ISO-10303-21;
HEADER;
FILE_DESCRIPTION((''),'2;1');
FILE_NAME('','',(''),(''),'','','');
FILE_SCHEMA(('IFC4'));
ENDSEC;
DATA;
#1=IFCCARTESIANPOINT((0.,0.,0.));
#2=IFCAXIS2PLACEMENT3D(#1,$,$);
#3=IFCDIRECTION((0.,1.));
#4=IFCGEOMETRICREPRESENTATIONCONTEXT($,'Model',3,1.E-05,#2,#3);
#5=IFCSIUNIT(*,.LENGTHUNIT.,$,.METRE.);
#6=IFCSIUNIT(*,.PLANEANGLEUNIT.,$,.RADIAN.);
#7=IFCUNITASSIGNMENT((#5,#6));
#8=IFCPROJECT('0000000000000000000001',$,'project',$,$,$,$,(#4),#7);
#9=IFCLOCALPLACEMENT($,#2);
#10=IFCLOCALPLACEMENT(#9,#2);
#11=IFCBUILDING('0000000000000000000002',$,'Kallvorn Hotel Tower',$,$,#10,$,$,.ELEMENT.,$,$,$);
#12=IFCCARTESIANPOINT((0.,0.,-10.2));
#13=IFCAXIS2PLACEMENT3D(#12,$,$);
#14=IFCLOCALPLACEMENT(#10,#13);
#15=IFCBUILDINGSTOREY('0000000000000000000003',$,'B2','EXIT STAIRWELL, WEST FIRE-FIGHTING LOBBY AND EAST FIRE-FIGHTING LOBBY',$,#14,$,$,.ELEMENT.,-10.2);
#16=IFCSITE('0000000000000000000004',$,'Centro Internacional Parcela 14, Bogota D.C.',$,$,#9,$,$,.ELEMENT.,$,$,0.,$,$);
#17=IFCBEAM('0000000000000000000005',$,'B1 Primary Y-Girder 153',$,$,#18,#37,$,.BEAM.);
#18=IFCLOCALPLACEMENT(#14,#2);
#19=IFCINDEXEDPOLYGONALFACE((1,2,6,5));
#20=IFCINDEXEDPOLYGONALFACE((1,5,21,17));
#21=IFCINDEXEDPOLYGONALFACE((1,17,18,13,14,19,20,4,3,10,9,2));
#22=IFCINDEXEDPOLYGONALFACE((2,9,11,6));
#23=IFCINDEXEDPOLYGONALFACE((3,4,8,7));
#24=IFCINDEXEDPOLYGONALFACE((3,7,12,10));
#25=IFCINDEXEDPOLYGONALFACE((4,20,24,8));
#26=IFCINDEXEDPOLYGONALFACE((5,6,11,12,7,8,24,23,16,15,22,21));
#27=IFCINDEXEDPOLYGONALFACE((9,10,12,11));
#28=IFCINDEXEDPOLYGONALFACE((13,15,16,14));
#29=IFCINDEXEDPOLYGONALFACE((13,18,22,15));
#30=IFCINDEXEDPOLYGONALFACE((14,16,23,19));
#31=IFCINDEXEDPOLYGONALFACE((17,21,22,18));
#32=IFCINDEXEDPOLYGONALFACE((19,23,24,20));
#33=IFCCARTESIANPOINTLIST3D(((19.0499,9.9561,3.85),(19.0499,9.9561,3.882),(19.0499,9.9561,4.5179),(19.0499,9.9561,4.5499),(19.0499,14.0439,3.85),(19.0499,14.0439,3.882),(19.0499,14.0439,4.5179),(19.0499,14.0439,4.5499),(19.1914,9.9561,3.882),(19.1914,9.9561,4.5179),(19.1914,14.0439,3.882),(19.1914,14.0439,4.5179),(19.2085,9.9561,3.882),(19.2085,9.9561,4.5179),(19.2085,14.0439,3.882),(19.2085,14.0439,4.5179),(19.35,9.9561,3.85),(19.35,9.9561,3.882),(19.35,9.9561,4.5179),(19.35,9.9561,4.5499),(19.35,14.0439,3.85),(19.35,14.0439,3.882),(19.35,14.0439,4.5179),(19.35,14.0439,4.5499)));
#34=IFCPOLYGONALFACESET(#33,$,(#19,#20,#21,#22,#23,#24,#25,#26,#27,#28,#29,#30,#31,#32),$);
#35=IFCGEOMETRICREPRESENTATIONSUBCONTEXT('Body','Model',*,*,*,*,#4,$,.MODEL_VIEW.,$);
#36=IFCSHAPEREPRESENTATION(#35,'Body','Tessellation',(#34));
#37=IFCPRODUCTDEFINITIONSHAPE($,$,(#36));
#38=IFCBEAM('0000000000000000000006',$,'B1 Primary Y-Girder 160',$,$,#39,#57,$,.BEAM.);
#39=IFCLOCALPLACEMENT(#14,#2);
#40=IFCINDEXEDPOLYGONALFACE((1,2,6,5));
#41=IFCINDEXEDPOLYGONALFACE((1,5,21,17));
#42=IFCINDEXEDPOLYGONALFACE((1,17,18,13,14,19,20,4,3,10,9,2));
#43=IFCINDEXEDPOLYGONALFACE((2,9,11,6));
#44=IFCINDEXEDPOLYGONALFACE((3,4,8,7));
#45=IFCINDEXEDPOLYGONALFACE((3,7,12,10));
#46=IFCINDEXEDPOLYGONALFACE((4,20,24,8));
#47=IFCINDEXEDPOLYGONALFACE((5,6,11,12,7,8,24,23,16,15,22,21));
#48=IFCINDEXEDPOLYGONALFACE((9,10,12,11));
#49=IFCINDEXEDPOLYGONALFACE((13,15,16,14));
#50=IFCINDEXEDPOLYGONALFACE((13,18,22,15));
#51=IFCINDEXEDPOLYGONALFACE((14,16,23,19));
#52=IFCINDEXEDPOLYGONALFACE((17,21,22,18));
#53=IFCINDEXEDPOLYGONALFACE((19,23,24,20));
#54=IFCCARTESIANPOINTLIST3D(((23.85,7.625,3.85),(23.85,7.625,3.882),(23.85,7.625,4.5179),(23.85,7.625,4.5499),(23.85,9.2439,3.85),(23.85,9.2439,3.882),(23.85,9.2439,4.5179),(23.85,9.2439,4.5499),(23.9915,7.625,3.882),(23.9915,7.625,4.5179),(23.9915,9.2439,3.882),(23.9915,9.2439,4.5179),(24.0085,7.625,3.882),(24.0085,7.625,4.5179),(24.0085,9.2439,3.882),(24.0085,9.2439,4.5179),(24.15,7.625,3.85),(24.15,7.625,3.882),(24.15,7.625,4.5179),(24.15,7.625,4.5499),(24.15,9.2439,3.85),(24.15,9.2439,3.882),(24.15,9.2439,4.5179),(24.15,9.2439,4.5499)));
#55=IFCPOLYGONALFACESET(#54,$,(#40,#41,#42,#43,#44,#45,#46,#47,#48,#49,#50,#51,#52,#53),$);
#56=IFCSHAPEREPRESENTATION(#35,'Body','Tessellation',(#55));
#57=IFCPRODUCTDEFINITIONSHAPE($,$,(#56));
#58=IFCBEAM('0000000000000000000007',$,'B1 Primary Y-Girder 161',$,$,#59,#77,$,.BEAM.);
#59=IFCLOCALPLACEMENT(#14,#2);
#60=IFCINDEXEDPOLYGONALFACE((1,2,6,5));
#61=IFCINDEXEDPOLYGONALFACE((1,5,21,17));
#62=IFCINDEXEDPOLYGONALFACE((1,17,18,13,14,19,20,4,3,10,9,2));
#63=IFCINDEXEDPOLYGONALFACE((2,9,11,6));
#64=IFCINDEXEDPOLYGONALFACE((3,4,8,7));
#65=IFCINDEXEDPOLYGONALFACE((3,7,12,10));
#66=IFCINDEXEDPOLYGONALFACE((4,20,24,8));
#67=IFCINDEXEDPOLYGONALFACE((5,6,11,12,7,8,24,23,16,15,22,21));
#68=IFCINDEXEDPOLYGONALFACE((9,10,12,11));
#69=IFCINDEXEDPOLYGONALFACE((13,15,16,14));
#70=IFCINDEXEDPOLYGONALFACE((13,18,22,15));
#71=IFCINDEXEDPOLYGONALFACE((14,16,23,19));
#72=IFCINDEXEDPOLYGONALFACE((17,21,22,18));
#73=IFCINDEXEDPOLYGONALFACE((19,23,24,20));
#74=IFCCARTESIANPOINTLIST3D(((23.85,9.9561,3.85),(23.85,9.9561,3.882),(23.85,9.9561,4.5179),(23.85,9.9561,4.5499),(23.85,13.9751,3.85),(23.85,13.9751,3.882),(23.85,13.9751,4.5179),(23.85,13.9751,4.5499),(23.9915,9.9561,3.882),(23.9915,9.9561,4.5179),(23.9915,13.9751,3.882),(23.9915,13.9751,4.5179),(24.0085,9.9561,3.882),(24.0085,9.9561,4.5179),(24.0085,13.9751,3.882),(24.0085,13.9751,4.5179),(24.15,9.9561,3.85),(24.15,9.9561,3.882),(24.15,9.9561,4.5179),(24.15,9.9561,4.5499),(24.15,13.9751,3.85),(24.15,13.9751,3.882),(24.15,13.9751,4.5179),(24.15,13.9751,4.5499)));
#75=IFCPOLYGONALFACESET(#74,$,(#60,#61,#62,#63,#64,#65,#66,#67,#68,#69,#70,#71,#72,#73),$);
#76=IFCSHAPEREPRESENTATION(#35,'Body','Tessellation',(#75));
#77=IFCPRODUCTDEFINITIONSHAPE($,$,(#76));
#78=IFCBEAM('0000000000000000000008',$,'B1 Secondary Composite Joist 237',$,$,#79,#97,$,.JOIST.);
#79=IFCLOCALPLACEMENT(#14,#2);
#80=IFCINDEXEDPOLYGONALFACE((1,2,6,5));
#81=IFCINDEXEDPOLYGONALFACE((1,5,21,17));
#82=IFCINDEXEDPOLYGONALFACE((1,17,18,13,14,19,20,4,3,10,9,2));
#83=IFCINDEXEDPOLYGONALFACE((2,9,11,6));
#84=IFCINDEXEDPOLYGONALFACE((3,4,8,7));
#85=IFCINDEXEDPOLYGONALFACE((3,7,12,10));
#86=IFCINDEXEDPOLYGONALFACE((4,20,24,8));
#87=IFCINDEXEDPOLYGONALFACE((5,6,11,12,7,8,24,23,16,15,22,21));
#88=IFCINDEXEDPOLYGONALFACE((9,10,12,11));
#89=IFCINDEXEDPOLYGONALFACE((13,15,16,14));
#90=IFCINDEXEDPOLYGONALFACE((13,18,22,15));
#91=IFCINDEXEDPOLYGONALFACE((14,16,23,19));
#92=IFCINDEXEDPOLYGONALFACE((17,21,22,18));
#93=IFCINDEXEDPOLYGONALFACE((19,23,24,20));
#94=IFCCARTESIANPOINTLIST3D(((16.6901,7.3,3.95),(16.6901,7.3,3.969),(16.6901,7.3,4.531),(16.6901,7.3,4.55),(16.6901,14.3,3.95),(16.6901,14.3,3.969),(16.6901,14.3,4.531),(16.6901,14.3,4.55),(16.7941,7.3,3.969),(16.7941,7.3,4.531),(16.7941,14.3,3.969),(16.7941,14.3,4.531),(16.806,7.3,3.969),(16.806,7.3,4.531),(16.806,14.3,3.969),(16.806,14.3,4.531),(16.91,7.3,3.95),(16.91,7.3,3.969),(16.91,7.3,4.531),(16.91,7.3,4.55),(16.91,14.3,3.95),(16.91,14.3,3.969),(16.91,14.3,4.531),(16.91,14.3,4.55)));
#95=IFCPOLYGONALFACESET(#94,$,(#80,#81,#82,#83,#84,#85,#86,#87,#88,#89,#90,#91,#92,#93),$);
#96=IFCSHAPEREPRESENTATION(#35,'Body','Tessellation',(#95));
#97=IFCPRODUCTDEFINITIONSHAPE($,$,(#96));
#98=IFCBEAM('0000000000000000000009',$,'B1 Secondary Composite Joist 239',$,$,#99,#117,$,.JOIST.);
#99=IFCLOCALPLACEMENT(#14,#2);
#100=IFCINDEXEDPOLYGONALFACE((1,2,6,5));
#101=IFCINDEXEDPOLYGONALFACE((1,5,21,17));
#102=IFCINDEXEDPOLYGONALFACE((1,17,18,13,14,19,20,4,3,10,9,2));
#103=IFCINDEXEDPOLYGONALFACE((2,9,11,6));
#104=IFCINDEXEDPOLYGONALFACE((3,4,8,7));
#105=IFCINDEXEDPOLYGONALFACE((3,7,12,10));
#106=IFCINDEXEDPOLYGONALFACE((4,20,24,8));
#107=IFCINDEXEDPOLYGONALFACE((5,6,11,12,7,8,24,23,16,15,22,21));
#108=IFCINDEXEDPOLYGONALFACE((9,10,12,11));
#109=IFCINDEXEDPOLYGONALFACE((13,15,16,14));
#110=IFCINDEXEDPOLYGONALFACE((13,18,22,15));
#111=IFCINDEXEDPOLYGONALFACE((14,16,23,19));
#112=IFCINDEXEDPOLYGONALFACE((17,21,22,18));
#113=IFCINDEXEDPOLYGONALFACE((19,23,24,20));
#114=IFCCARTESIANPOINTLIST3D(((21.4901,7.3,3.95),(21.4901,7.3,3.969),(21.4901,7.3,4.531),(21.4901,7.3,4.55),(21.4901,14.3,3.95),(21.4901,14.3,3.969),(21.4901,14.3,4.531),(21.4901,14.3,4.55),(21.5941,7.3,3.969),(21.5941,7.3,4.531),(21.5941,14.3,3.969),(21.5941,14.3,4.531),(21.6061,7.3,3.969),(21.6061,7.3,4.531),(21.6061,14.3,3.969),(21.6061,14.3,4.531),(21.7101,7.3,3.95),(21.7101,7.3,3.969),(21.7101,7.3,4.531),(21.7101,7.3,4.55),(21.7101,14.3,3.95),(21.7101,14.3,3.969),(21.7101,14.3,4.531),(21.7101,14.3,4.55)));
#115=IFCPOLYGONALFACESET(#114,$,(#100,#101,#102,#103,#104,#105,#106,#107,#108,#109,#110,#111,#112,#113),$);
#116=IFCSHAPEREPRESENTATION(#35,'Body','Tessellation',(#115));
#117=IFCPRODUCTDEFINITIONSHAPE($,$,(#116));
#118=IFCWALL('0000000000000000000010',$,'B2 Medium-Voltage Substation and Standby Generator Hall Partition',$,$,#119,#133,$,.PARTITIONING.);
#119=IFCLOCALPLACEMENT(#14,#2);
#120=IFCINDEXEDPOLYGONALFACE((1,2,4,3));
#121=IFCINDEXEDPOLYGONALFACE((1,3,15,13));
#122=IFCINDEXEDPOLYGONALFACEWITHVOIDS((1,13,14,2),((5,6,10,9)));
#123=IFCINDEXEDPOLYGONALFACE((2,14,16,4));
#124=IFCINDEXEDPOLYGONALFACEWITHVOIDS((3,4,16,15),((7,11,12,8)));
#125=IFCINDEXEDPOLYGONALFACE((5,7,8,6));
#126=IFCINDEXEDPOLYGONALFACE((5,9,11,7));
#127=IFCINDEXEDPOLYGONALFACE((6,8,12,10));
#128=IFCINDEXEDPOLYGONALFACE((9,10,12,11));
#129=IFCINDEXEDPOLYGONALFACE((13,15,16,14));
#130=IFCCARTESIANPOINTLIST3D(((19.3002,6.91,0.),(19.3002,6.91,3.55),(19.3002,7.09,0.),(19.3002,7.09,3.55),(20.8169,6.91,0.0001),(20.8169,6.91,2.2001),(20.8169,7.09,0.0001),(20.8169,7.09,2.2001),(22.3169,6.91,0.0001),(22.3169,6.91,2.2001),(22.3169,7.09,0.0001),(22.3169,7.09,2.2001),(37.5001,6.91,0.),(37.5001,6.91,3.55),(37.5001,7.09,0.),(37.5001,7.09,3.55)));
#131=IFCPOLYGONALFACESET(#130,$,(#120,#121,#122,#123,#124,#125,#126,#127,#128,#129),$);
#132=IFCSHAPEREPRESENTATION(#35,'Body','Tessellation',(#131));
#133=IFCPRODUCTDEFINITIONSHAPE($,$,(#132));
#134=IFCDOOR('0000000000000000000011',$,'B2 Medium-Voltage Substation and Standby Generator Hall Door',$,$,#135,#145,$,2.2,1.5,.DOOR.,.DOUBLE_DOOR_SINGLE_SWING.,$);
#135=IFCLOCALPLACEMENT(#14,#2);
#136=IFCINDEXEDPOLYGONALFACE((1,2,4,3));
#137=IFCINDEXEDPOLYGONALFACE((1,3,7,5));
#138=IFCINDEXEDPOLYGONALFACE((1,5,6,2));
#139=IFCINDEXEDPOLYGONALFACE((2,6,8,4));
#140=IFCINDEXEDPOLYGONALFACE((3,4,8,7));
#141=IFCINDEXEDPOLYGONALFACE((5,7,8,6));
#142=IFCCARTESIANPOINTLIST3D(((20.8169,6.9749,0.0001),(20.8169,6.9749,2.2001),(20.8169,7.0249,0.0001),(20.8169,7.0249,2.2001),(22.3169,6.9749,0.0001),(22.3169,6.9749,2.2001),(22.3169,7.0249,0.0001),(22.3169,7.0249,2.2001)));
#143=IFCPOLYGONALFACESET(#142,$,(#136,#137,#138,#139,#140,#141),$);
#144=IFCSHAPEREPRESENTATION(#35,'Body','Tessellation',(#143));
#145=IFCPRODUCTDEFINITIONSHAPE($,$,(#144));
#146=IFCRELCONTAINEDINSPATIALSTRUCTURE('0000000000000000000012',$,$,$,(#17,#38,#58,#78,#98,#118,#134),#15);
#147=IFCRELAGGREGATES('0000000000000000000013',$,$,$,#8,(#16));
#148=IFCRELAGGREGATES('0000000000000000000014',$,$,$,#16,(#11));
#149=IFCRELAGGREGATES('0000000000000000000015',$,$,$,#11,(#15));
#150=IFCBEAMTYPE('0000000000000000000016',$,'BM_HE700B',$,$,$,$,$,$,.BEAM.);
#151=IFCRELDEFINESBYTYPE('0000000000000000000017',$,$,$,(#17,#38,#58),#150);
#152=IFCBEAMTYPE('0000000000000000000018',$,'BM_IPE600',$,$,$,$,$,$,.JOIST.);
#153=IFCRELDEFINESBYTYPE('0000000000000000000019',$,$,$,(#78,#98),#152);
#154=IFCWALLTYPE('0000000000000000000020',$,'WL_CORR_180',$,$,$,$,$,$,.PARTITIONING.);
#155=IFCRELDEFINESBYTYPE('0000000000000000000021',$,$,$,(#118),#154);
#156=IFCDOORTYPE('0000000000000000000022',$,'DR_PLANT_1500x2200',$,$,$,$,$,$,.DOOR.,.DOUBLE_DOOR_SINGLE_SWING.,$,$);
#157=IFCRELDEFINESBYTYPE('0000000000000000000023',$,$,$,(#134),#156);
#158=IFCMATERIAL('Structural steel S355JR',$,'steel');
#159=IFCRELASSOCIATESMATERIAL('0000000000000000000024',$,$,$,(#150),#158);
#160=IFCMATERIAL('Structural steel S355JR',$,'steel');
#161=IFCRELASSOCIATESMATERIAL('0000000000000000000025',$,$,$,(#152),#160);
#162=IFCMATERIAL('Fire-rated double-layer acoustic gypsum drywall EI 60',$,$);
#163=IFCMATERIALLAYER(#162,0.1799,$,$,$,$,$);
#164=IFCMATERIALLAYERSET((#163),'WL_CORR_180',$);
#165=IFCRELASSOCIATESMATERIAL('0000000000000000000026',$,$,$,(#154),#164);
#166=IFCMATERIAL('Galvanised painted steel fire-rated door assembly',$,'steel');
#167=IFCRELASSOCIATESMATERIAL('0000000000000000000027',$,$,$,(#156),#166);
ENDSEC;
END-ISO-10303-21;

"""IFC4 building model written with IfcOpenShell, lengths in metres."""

from ifc_helpers import new_model, si_unit, direction, frame, frame_2d, origin, origin_2d, place, context, subcontext, project, spatial, rectangle, i_section, extrude, material, layer, layer_set, material_profile, profile_set, type_object, element, fill, save


model = new_model("IFC4")

# Units and contexts
model_context = context("Model", 3, precision=1e-05, world=origin(), true_north=direction((0.0, 1.0)))
body_context = subcontext(model_context, "Body", "Model", "MODEL_VIEW")
ifc_project = project(units=[si_unit("LENGTHUNIT", "METRE"), si_unit("PLANEANGLEUNIT", "RADIAN")], contexts=[model_context])

# Site, building, storey
site_placement = place(None, origin())
site = spatial("IfcSite", under=ifc_project, at=site_placement, Name="Centro Internacional Parcela 14, Bogota D.C.", CompositionType="ELEMENT", RefElevation=0.0)
building_placement = place(site_placement, origin())
building = spatial("IfcBuilding", under=site, at=building_placement, Name="Kallvorn Hotel Tower", CompositionType="ELEMENT")
storey_placement = place(building_placement, frame((0.0, 0.0, -10.2)))
storey = spatial("IfcBuildingStorey", under=building, at=storey_placement, Name="B2", Description="EXIT STAIRWELL, WEST FIRE-FIGHTING LOBBY AND EAST FIRE-FIGHTING LOBBY", CompositionType="ELEMENT", Elevation=-10.2)

# Beams
ifc_material_1 = material(Name="Structural steel S355JR", Category="steel")
ifc_material_profile_1 = material_profile(ifc_material_1, i_section(OverallWidth=0.3, OverallDepth=0.7, WebThickness=0.0171, FlangeThickness=0.032, at=origin_2d()), Name="HE 700 B")
ifc_profile_set_1 = profile_set([ifc_material_profile_1], Name="Structural steel S355JR")
beam_type_1 = type_object("IfcBeamType", Name="BM_HE700B", PredefinedType="BEAM", material=ifc_profile_set_1)
beam_1_placement = place(storey_placement, frame((19.2, 9.9561, 4.2), z_axis=(0.0, 1.0, 0.0), x_axis=(-1.0, 0.0, 0.0)))
element("IfcBeam", 1, at=beam_1_placement, inside=storey, type_object=beam_type_1, Name="B1 Primary Y-Girder 153", PredefinedType="BEAM", context=body_context, shape_type="SweptSolid", body=[
    extrude(i_section(OverallWidth=0.3, OverallDepth=0.7, WebThickness=0.0171, FlangeThickness=0.032, at=origin_2d()), origin(), (0.0, 0.0, 1.0), 4.0879),
])
beam_2_placement = place(storey_placement, frame((24.0, 7.625, 4.2), z_axis=(0.0, 1.0, 0.0), x_axis=(-1.0, 0.0, 0.0)))
element("IfcBeam", 2, at=beam_2_placement, inside=storey, type_object=beam_type_1, Name="B1 Primary Y-Girder 160", PredefinedType="BEAM", context=body_context, shape_type="SweptSolid", body=[
    extrude(i_section(OverallWidth=0.3, OverallDepth=0.7, WebThickness=0.0171, FlangeThickness=0.032, at=origin_2d()), origin(), (0.0, 0.0, 1.0), 1.6189),
])
beam_3_placement = place(storey_placement, frame((24.0, 9.9561, 4.2), z_axis=(0.0, 1.0, 0.0), x_axis=(-1.0, 0.0, 0.0)))
element("IfcBeam", 3, at=beam_3_placement, inside=storey, type_object=beam_type_1, Name="B1 Primary Y-Girder 161", PredefinedType="BEAM", context=body_context, shape_type="SweptSolid", body=[
    extrude(i_section(OverallWidth=0.3, OverallDepth=0.7, WebThickness=0.0171, FlangeThickness=0.032, at=origin_2d()), origin(), (0.0, 0.0, 1.0), 4.019),
])
ifc_material_2 = material(Name="Structural steel S355JR", Category="steel")
ifc_material_profile_2 = material_profile(ifc_material_2, i_section(OverallWidth=0.22, OverallDepth=0.6001, WebThickness=0.012, FlangeThickness=0.019, at=origin_2d()), Name="IPE 600")
ifc_profile_set_2 = profile_set([ifc_material_profile_2], Name="Structural steel S355JR")
beam_type_2 = type_object("IfcBeamType", Name="BM_IPE600", PredefinedType="JOIST", material=ifc_profile_set_2)
for number, where, z_axis, x_axis, name in (
    (4, (16.8, 7.3, 4.25), (0.0, 1.0, 0.0), (-1.0, 0.0, 0.0), "B1 Secondary Composite Joist 237"),
    (5, (21.6001, 7.3, 4.25), (0.0, 1.0, 0.0), (-1.0, 0.0, 0.0), "B1 Secondary Composite Joist 239"),
):
    element("IfcBeam", number, at=place(storey_placement, frame(where, z_axis=z_axis, x_axis=x_axis)), inside=storey, type_object=beam_type_2, Name=name, PredefinedType="JOIST", context=body_context, shape_type="SweptSolid", body=[
        extrude(i_section(OverallWidth=0.22, OverallDepth=0.6001, WebThickness=0.012, FlangeThickness=0.019, at=origin_2d()), origin(), (0.0, 0.0, 1.0), 7.0),
    ])

# Wall, opening, door
ifc_material_3 = material(Name="Fire-rated double-layer acoustic gypsum drywall EI 60")
ifc_layer = layer(ifc_material_3, 0.1799)
ifc_layer_set = layer_set([ifc_layer], Name="WL_CORR_180")
wall_type = type_object("IfcWallType", Name="WL_CORR_180", PredefinedType="PARTITIONING", material=ifc_layer_set)
wall_placement = place(storey_placement, frame((19.3, 7.0, 0.0), z_axis=(0.0, 0.0, 1.0), x_axis=(1.0, 0.0, 0.0)))
wall = element("IfcWall", 6, at=wall_placement, inside=storey, type_object=wall_type, Name="B2 Medium-Voltage Substation and Standby Generator Hall Partition", PredefinedType="PARTITIONING", context=body_context, shape_type="SweptSolid", body=[
    extrude(rectangle(XDim=18.2, YDim=0.1799, at=frame_2d((9.1001, 0.0))), origin(), (0.0, 0.0, 1.0), 3.55),
])
opening_placement = place(wall_placement, frame((1.5168, 0.0, 0.0)))
opening = element("IfcOpeningElement", 7, at=opening_placement, cuts=wall, PredefinedType="OPENING", context=body_context, shape_type="SweptSolid", body=[
    extrude(rectangle(XDim=1.5, YDim=2.2, at=frame_2d((0.75, 1.1001))), frame((0.0, 0.1047, 0.0), z_axis=(0.0, -1.0, 0.0), x_axis=(1.0, 0.0, 0.0)), (0.0, 0.0, 1.0), 0.21),
])
ifc_material_4 = material(Name="Galvanised painted steel fire-rated door assembly", Category="steel")
door_type = type_object("IfcDoorType", Name="DR_PLANT_1500x2200", OperationType="DOUBLE_DOOR_SINGLE_SWING", PredefinedType="DOOR", material=ifc_material_4)
door_placement = place(opening_placement, origin())
door = element("IfcDoor", 8, at=door_placement, inside=storey, type_object=door_type, Name="B2 Medium-Voltage Substation and Standby Generator Hall Door", OperationType="DOUBLE_DOOR_SINGLE_SWING", OverallHeight=2.2, OverallWidth=1.5, PredefinedType="DOOR", context=body_context, shape_type="SweptSolid", body=[
    extrude(rectangle(XDim=1.5, YDim=2.2, at=frame_2d((0.75, 1.1001))), frame((0.0, 0.0249, 0.0), z_axis=(0.0, -1.0, 0.0), x_axis=(1.0, 0.0, 0.0)), (0.0, 0.0, 1.0), 0.05),
])
fill(opening, door)

save(model, "model.ifc")
